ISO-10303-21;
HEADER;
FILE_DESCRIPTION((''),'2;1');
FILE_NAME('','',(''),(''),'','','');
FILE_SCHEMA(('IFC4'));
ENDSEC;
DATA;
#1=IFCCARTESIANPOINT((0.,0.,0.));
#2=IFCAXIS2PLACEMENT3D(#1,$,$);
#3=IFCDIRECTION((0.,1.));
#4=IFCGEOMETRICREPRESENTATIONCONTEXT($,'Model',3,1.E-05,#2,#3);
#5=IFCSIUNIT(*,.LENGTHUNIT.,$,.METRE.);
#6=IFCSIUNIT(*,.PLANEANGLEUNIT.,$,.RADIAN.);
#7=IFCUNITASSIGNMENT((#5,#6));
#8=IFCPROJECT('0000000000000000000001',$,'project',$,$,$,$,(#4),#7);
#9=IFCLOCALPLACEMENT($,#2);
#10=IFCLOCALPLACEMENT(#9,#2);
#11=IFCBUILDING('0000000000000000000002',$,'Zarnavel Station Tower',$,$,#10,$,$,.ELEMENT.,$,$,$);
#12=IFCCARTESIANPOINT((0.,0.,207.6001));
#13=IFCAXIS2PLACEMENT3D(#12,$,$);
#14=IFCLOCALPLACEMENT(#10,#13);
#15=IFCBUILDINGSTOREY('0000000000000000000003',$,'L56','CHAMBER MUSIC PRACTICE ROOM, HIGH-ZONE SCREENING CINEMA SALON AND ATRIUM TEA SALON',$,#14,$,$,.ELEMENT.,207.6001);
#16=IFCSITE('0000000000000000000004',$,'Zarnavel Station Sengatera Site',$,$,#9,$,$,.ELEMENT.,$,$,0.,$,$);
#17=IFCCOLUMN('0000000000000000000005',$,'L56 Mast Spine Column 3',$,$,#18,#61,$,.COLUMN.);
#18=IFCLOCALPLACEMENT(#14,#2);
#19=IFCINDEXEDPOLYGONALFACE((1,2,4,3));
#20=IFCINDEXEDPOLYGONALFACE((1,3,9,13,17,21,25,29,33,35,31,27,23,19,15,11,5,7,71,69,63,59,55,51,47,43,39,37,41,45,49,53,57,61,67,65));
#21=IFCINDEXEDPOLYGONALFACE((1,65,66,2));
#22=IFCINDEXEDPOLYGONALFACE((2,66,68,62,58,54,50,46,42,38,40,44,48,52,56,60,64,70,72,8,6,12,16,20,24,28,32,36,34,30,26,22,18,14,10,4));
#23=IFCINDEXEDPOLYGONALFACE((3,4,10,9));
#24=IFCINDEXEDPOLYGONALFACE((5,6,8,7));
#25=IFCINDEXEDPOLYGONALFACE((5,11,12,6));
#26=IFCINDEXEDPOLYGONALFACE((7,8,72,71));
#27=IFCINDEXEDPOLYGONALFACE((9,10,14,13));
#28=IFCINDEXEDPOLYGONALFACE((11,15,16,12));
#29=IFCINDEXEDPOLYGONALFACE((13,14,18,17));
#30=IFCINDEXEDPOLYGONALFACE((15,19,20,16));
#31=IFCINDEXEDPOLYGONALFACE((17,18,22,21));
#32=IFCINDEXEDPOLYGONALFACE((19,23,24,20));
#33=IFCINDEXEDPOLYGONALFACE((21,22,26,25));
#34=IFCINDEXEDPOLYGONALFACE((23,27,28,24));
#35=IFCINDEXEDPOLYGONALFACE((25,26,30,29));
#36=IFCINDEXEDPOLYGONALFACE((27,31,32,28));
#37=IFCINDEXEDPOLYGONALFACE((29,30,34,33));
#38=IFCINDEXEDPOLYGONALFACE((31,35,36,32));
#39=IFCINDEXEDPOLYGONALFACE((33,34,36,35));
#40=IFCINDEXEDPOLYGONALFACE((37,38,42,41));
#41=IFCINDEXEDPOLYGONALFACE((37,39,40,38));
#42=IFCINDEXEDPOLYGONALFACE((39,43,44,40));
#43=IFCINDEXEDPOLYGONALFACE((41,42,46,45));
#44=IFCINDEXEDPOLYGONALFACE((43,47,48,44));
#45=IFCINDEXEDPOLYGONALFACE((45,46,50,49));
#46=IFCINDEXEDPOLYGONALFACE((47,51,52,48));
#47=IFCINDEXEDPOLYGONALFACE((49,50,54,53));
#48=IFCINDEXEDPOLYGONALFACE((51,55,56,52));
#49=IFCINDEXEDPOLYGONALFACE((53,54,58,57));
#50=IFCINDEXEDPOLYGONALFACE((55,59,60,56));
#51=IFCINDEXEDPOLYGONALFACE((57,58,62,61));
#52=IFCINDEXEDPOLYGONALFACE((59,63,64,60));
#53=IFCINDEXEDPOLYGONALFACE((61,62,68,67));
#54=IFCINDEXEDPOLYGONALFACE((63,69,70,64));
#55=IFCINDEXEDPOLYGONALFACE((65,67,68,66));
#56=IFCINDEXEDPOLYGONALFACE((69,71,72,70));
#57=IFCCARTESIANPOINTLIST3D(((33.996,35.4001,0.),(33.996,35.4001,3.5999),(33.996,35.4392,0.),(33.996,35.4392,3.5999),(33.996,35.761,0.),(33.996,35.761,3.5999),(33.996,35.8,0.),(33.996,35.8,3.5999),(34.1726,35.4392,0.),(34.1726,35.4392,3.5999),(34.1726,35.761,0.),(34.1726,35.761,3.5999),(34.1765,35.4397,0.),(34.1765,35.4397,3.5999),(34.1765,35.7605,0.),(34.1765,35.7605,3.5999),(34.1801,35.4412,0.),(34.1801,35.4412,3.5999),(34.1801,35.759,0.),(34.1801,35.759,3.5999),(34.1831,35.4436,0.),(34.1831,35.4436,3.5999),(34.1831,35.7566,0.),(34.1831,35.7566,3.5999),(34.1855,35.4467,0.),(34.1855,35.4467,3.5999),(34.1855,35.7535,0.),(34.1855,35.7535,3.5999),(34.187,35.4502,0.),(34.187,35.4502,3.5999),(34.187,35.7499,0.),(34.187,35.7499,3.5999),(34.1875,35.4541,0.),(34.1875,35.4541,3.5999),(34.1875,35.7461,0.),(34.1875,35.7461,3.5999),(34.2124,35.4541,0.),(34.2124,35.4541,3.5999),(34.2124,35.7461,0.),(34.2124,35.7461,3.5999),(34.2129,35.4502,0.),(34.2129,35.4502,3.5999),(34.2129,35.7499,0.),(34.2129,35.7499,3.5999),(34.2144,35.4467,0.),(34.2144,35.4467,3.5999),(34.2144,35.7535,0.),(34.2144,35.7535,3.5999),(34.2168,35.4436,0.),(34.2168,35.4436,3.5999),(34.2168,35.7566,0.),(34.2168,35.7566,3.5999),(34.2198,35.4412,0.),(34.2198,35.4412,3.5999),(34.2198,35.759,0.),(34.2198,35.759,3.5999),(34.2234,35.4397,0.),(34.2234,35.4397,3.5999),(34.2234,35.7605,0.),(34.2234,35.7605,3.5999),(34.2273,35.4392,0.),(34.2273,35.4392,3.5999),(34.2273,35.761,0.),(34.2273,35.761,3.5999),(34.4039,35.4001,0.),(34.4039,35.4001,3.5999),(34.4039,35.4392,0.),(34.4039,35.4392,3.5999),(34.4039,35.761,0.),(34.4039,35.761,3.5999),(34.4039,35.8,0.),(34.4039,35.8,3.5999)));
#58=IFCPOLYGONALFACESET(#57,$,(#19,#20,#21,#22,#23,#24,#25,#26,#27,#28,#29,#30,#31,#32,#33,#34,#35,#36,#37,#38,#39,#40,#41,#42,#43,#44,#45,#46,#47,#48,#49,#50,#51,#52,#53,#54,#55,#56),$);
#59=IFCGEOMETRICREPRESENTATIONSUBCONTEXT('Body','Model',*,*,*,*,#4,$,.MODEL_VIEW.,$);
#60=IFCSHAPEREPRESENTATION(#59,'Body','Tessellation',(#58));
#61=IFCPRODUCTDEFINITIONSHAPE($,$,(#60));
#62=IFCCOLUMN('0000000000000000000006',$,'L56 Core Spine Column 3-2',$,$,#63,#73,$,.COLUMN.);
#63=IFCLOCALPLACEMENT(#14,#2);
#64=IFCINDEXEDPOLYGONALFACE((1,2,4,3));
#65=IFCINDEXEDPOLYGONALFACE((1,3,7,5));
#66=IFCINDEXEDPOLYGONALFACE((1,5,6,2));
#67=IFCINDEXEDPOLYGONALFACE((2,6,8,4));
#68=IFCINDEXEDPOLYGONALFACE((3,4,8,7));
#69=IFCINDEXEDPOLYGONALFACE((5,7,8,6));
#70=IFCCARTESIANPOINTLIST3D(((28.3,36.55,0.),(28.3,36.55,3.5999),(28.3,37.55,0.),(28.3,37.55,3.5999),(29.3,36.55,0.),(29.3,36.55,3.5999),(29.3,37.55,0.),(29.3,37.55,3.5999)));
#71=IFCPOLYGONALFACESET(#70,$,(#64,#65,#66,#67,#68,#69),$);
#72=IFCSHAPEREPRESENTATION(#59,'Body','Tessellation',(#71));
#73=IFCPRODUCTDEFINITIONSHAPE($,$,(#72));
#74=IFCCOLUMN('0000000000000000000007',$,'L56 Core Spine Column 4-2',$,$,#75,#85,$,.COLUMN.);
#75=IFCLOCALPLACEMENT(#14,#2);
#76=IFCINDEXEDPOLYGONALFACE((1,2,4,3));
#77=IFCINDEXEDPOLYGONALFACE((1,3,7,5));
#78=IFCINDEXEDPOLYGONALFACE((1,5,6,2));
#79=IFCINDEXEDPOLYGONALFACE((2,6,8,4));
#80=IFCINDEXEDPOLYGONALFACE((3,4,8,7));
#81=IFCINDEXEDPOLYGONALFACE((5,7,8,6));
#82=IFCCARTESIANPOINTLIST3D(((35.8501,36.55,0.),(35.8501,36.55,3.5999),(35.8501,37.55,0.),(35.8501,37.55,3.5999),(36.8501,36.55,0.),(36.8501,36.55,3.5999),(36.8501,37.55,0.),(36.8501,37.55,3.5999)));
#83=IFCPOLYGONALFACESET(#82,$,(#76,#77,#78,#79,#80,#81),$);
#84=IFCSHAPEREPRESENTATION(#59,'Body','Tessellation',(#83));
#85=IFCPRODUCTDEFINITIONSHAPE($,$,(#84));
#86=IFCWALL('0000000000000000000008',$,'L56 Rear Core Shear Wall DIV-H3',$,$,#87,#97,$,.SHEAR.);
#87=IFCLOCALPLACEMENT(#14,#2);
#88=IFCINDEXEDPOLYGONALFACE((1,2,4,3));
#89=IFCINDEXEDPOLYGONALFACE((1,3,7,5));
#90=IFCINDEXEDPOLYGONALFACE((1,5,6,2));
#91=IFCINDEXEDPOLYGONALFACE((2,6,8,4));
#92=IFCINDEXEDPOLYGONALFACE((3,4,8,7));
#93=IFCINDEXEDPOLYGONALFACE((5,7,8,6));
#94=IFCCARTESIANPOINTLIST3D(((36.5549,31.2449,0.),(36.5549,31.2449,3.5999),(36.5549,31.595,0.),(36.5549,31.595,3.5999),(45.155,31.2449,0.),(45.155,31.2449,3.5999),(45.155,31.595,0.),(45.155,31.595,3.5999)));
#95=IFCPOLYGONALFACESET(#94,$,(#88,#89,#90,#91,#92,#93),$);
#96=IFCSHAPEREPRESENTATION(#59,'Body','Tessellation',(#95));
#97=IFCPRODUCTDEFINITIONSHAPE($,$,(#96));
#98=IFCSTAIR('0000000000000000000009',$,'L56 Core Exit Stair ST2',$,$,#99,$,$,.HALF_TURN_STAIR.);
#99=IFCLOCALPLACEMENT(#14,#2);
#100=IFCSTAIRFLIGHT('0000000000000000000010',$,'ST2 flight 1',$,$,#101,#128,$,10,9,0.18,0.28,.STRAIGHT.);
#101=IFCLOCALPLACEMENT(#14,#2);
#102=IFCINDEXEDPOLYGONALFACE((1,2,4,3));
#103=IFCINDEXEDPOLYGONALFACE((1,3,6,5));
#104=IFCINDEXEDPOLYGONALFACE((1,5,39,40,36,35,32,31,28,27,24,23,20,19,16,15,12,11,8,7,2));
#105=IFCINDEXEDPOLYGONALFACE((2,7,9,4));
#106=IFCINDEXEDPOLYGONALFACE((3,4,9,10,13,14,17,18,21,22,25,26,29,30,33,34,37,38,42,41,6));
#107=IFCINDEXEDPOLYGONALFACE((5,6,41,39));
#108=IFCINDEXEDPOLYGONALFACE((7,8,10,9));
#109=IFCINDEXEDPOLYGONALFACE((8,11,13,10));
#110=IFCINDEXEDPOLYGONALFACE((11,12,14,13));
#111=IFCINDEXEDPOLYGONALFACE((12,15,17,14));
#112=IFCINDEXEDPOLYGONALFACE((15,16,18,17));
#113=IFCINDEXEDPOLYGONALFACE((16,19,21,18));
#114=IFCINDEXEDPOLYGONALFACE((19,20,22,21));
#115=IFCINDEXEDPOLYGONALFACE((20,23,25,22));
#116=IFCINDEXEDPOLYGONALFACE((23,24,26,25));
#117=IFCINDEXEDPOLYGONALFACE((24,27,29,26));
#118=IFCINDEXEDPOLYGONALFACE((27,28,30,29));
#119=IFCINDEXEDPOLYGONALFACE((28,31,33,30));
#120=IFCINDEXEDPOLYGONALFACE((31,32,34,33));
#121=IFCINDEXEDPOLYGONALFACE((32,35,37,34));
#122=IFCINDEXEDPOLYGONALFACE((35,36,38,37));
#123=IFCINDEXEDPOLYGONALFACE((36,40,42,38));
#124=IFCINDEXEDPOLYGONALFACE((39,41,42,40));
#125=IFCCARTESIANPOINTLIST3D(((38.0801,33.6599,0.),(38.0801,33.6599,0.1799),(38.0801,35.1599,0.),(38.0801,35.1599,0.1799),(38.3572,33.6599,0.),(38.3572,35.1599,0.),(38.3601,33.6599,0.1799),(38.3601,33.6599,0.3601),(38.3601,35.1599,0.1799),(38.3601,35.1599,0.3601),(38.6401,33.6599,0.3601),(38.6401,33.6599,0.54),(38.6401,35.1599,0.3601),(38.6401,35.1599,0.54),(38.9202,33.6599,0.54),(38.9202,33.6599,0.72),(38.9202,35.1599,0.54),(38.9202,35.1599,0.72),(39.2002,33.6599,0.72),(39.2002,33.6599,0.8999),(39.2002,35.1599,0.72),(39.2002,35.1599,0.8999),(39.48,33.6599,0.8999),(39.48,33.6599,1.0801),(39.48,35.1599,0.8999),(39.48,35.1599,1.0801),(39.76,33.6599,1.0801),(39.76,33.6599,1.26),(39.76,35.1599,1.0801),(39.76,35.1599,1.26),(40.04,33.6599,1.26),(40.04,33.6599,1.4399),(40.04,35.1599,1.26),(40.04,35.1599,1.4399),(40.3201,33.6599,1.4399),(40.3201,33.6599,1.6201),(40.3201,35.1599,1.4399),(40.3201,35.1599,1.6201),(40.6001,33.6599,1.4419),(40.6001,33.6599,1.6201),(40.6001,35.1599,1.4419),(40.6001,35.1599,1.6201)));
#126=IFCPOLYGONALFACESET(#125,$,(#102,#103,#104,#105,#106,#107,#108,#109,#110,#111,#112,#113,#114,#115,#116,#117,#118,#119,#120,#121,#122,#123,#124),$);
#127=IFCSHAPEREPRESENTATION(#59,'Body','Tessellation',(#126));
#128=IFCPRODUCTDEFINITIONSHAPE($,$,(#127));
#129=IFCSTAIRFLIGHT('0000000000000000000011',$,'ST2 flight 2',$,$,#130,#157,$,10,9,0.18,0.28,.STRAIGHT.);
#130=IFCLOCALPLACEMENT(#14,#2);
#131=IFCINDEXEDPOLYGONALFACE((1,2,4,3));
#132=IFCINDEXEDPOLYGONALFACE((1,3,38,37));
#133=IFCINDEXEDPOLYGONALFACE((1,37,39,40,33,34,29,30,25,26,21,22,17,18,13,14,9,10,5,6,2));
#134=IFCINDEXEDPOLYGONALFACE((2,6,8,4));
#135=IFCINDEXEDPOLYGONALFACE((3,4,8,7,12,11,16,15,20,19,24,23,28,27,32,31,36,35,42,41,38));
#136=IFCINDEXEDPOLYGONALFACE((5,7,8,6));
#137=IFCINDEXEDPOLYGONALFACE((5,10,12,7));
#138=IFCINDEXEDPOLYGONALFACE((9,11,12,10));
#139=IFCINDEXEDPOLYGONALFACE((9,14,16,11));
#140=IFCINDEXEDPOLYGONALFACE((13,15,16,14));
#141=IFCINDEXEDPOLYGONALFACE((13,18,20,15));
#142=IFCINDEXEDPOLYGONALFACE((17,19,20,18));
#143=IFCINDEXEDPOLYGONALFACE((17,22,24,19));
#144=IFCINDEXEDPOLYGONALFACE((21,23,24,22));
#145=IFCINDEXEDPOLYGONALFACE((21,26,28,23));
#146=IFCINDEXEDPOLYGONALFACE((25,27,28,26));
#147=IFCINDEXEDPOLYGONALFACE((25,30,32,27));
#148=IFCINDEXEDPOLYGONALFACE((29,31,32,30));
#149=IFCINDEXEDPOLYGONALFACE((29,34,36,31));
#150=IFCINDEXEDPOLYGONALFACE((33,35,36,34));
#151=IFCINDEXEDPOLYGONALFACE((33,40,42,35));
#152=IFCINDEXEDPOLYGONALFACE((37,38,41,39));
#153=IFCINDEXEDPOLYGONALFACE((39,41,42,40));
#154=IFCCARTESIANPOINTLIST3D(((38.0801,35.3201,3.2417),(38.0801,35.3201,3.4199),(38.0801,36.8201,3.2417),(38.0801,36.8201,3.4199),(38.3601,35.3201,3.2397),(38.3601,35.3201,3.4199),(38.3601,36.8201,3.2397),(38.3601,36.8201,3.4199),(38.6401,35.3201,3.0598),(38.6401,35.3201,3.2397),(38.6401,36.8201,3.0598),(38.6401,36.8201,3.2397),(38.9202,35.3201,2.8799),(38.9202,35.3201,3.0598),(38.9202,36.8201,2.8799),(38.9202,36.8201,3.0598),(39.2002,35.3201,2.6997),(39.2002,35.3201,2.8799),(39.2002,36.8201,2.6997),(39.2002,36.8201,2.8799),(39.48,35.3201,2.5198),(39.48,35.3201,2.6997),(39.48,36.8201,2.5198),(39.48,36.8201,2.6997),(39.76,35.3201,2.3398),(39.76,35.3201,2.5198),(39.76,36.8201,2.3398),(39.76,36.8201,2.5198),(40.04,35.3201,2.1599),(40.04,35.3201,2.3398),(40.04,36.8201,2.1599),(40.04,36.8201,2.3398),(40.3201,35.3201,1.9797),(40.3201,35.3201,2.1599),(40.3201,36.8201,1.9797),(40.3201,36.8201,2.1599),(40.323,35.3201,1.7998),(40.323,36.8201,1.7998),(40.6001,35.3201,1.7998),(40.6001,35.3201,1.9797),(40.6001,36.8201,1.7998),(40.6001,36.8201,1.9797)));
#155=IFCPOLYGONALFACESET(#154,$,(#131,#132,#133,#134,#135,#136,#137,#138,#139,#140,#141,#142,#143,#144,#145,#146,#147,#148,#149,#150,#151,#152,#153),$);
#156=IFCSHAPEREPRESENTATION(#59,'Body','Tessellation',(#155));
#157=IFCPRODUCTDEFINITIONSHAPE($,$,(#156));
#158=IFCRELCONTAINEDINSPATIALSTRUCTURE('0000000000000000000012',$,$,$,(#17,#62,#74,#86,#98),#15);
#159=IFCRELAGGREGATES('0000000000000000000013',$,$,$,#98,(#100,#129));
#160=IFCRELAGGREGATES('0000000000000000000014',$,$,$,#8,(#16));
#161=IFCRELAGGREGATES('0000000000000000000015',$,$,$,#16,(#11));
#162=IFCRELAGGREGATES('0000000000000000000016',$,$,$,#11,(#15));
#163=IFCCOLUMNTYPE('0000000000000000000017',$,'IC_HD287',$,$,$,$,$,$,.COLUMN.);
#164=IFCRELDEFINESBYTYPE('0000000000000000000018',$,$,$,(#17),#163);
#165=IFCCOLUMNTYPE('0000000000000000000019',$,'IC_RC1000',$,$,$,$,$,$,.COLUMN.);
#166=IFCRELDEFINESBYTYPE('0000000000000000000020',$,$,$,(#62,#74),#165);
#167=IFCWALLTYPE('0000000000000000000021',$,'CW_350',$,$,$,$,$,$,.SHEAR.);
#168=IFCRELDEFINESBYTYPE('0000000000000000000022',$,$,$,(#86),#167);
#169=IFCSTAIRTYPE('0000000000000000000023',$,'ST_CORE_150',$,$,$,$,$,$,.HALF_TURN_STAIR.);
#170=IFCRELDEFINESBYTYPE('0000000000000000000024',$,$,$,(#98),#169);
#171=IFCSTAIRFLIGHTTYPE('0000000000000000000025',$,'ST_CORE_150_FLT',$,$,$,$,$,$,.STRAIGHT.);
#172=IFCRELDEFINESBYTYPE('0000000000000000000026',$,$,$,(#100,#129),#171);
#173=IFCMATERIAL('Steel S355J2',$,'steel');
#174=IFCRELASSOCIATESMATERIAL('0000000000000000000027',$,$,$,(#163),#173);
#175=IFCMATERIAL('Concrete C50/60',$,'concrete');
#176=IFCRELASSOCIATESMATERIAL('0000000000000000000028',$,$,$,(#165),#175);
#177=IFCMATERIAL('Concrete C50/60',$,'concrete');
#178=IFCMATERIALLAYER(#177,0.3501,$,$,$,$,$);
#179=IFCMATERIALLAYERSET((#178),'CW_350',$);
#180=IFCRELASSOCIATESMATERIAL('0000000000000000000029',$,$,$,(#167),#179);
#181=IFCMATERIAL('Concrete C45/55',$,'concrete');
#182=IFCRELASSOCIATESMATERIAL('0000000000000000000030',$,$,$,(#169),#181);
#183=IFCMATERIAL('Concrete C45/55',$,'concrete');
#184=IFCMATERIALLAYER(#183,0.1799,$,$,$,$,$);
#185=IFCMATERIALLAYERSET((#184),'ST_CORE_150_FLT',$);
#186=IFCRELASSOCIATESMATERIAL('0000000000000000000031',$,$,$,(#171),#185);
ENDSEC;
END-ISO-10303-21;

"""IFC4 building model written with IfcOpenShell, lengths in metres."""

from ifc_helpers import new_model, si_unit, direction, frame, frame_2d, origin, origin_2d, place, context, subcontext, project, spatial, polyline, rectangle, i_section, outline, extrude, material, layer, layer_set, material_profile, profile_set, type_object, element, aggregate, save


model = new_model("IFC4")

# Units and contexts
model_context = context("Model", 3, precision=1e-05, world=origin(), true_north=direction((0.0, 1.0)))
body_context = subcontext(model_context, "Body", "Model", "MODEL_VIEW")
ifc_project = project(units=[si_unit("LENGTHUNIT", "METRE"), si_unit("PLANEANGLEUNIT", "RADIAN")], contexts=[model_context])

# Site, building, storey
site_placement = place(None, origin())
site = spatial("IfcSite", under=ifc_project, at=site_placement, Name="Zarnavel Station Sengatera Site", CompositionType="ELEMENT", RefElevation=0.0)
building_placement = place(site_placement, origin())
building = spatial("IfcBuilding", under=site, at=building_placement, Name="Zarnavel Station Tower", CompositionType="ELEMENT")
storey_placement = place(building_placement, frame((0.0, 0.0, 207.6001)))
storey = spatial("IfcBuildingStorey", under=building, at=storey_placement, Name="L56", Description="CHAMBER MUSIC PRACTICE ROOM, HIGH-ZONE SCREENING CINEMA SALON AND ATRIUM TEA SALON", CompositionType="ELEMENT", Elevation=207.6001)

# Columns
ifc_material_1 = material(Name="Steel S355J2", Category="steel")
ifc_material_profile_1 = material_profile(ifc_material_1, i_section(OverallWidth=0.408, OverallDepth=0.3999, WebThickness=0.0249, FlangeThickness=0.0391, FilletRadius=0.0149, at=origin_2d()), Name="HD400x287")
ifc_profile_set_1 = profile_set([ifc_material_profile_1], Name="Steel S355J2")
column_type_1 = type_object("IfcColumnType", Name="IC_HD287", PredefinedType="COLUMN", material=ifc_profile_set_1)
column_placement = place(storey_placement, frame((34.2, 35.6001, 0.0), z_axis=(0.0, 0.0, 1.0), x_axis=(1.0, 0.0, 0.0)))
element("IfcColumn", 1, at=column_placement, inside=storey, type_object=column_type_1, Name="L56 Mast Spine Column 3", PredefinedType="COLUMN", context=body_context, shape_type="SweptSolid", body=[
    extrude(i_section(OverallWidth=0.408, OverallDepth=0.3999, WebThickness=0.0249, FlangeThickness=0.0391, FilletRadius=0.0149, at=origin_2d()), origin(), (0.0, 0.0, 1.0), 3.5999),
])
ifc_material_2 = material(Name="Concrete C50/60", Category="concrete")
ifc_material_profile_2 = material_profile(ifc_material_2, rectangle(XDim=1.0, YDim=1.0, at=origin_2d()), Name="RC1000x1000")
ifc_profile_set_2 = profile_set([ifc_material_profile_2], Name="Concrete C50/60")
column_type_2 = type_object("IfcColumnType", Name="IC_RC1000", PredefinedType="COLUMN", material=ifc_profile_set_2)
for number, where, z_axis, x_axis, name in (
    (2, (28.8, 37.05, 0.0), (0.0, 0.0, 1.0), (1.0, 0.0, 0.0), "L56 Core Spine Column 3-2"),
    (3, (36.3501, 37.05, 0.0), (0.0, 0.0, 1.0), (1.0, 0.0, 0.0), "L56 Core Spine Column 4-2"),
):
    element("IfcColumn", number, at=place(storey_placement, frame(where, z_axis=z_axis, x_axis=x_axis)), inside=storey, type_object=column_type_2, Name=name, PredefinedType="COLUMN", context=body_context, shape_type="SweptSolid", body=[
        extrude(rectangle(XDim=1.0, YDim=1.0, at=origin_2d()), origin(), (0.0, 0.0, 1.0), 3.5999),
    ])

# Wall
ifc_material_3 = material(Name="Concrete C50/60", Category="concrete")
ifc_layer_1 = layer(ifc_material_3, 0.3501)
ifc_layer_set_1 = layer_set([ifc_layer_1], Name="CW_350")
wall_type_1 = type_object("IfcWallType", Name="CW_350", PredefinedType="SHEAR", material=ifc_layer_set_1)
wall_1_placement = place(storey_placement, frame((36.5549, 31.4199, 0.0), z_axis=(0.0, 0.0, 1.0), x_axis=(1.0, 0.0, 0.0)))
element("IfcWall", 4, at=wall_1_placement, inside=storey, type_object=wall_type_1, Name="L56 Rear Core Shear Wall DIV-H3", PredefinedType="SHEAR", context=body_context, shape_type="SweptSolid", body=[
    extrude(rectangle(XDim=8.6001, YDim=0.3501, at=frame_2d((4.3, 0.0))), origin(), (0.0, 0.0, 1.0), 3.5999),
])

# Stair, stair flights
ifc_material_4 = material(Name="Concrete C45/55", Category="concrete")
stair_type = type_object("IfcStairType", Name="ST_CORE_150", PredefinedType="HALF_TURN_STAIR", material=ifc_material_4)
stair_placement = place(storey_placement, origin())
stair = element("IfcStair", 5, at=stair_placement, inside=storey, type_object=stair_type, Name="L56 Core Exit Stair ST2", PredefinedType="HALF_TURN_STAIR")
ifc_material_5 = material(Name="Concrete C45/55", Category="concrete")
ifc_layer_2 = layer(ifc_material_5, 0.1799)
ifc_layer_set_2 = layer_set([ifc_layer_2], Name="ST_CORE_150_FLT")
stair_flight_type = type_object("IfcStairFlightType", Name="ST_CORE_150_FLT", PredefinedType="STRAIGHT", material=ifc_layer_set_2)
stair_flight_1_placement = place(storey_placement, frame((38.0801, 34.4099, 0.0), z_axis=(0.0, 0.0, 1.0), x_axis=(1.0, 0.0, 0.0)))
stair_flight_1 = element("IfcStairFlight", 6, at=stair_flight_1_placement, type_object=stair_flight_type, Name="ST2 flight 1", NumberOfRisers=10, NumberOfTreads=9, PredefinedType="STRAIGHT", RiserHeight=0.18, TreadLength=0.28, context=body_context, shape_type="SweptSolid", body=[
    extrude(outline(polyline([(0.0, 0.0), (0.0, 0.1799), (0.28, 0.1799), (0.28, 0.3601), (0.5601, 0.3601), (0.5601, 0.54), (0.8401, 0.54), (0.8401, 0.72), (1.1201, 0.72), (1.1201, 0.8999), (1.3999, 0.8999), (1.3999, 1.0801), (1.6799, 1.0801), (1.6799, 1.26), (1.96, 1.26), (1.96, 1.4399), (2.24, 1.4399), (2.24, 1.6201), (2.52, 1.6201), (2.52, 1.8), (2.52, 1.4419), (0.2771, 0.0), (0.0, 0.0)])), frame((0.0, 0.75, 0.0), z_axis=(0.0, -1.0, 0.0), x_axis=(1.0, 0.0, 0.0)), (0.0, 0.0, 1.0), 1.5),
])
stair_flight_2_placement = place(storey_placement, frame((40.6001, 36.0701, 1.7998), z_axis=(0.0, 0.0, 1.0), x_axis=(-1.0, 0.0, 0.0)))
stair_flight_2 = element("IfcStairFlight", 7, at=stair_flight_2_placement, type_object=stair_flight_type, Name="ST2 flight 2", NumberOfRisers=10, NumberOfTreads=9, PredefinedType="STRAIGHT", RiserHeight=0.18, TreadLength=0.28, context=body_context, shape_type="SweptSolid", body=[
    extrude(outline(polyline([(0.0, 0.0), (0.0, 0.1799), (0.28, 0.1799), (0.28, 0.3601), (0.5601, 0.3601), (0.5601, 0.54), (0.8401, 0.54), (0.8401, 0.72), (1.1201, 0.72), (1.1201, 0.8999), (1.3999, 0.8999), (1.3999, 1.0801), (1.6799, 1.0801), (1.6799, 1.26), (1.96, 1.26), (1.96, 1.4399), (2.24, 1.4399), (2.24, 1.6201), (2.52, 1.6201), (2.52, 1.8), (2.52, 1.4419), (0.2771, 0.0), (0.0, 0.0)])), frame((0.0, 0.75, 0.0), z_axis=(0.0, -1.0, 0.0), x_axis=(1.0, 0.0, 0.0)), (0.0, 0.0, 1.0), 1.5),
])
aggregate(stair, [stair_flight_1, stair_flight_2])

save(model, "model.ifc")
